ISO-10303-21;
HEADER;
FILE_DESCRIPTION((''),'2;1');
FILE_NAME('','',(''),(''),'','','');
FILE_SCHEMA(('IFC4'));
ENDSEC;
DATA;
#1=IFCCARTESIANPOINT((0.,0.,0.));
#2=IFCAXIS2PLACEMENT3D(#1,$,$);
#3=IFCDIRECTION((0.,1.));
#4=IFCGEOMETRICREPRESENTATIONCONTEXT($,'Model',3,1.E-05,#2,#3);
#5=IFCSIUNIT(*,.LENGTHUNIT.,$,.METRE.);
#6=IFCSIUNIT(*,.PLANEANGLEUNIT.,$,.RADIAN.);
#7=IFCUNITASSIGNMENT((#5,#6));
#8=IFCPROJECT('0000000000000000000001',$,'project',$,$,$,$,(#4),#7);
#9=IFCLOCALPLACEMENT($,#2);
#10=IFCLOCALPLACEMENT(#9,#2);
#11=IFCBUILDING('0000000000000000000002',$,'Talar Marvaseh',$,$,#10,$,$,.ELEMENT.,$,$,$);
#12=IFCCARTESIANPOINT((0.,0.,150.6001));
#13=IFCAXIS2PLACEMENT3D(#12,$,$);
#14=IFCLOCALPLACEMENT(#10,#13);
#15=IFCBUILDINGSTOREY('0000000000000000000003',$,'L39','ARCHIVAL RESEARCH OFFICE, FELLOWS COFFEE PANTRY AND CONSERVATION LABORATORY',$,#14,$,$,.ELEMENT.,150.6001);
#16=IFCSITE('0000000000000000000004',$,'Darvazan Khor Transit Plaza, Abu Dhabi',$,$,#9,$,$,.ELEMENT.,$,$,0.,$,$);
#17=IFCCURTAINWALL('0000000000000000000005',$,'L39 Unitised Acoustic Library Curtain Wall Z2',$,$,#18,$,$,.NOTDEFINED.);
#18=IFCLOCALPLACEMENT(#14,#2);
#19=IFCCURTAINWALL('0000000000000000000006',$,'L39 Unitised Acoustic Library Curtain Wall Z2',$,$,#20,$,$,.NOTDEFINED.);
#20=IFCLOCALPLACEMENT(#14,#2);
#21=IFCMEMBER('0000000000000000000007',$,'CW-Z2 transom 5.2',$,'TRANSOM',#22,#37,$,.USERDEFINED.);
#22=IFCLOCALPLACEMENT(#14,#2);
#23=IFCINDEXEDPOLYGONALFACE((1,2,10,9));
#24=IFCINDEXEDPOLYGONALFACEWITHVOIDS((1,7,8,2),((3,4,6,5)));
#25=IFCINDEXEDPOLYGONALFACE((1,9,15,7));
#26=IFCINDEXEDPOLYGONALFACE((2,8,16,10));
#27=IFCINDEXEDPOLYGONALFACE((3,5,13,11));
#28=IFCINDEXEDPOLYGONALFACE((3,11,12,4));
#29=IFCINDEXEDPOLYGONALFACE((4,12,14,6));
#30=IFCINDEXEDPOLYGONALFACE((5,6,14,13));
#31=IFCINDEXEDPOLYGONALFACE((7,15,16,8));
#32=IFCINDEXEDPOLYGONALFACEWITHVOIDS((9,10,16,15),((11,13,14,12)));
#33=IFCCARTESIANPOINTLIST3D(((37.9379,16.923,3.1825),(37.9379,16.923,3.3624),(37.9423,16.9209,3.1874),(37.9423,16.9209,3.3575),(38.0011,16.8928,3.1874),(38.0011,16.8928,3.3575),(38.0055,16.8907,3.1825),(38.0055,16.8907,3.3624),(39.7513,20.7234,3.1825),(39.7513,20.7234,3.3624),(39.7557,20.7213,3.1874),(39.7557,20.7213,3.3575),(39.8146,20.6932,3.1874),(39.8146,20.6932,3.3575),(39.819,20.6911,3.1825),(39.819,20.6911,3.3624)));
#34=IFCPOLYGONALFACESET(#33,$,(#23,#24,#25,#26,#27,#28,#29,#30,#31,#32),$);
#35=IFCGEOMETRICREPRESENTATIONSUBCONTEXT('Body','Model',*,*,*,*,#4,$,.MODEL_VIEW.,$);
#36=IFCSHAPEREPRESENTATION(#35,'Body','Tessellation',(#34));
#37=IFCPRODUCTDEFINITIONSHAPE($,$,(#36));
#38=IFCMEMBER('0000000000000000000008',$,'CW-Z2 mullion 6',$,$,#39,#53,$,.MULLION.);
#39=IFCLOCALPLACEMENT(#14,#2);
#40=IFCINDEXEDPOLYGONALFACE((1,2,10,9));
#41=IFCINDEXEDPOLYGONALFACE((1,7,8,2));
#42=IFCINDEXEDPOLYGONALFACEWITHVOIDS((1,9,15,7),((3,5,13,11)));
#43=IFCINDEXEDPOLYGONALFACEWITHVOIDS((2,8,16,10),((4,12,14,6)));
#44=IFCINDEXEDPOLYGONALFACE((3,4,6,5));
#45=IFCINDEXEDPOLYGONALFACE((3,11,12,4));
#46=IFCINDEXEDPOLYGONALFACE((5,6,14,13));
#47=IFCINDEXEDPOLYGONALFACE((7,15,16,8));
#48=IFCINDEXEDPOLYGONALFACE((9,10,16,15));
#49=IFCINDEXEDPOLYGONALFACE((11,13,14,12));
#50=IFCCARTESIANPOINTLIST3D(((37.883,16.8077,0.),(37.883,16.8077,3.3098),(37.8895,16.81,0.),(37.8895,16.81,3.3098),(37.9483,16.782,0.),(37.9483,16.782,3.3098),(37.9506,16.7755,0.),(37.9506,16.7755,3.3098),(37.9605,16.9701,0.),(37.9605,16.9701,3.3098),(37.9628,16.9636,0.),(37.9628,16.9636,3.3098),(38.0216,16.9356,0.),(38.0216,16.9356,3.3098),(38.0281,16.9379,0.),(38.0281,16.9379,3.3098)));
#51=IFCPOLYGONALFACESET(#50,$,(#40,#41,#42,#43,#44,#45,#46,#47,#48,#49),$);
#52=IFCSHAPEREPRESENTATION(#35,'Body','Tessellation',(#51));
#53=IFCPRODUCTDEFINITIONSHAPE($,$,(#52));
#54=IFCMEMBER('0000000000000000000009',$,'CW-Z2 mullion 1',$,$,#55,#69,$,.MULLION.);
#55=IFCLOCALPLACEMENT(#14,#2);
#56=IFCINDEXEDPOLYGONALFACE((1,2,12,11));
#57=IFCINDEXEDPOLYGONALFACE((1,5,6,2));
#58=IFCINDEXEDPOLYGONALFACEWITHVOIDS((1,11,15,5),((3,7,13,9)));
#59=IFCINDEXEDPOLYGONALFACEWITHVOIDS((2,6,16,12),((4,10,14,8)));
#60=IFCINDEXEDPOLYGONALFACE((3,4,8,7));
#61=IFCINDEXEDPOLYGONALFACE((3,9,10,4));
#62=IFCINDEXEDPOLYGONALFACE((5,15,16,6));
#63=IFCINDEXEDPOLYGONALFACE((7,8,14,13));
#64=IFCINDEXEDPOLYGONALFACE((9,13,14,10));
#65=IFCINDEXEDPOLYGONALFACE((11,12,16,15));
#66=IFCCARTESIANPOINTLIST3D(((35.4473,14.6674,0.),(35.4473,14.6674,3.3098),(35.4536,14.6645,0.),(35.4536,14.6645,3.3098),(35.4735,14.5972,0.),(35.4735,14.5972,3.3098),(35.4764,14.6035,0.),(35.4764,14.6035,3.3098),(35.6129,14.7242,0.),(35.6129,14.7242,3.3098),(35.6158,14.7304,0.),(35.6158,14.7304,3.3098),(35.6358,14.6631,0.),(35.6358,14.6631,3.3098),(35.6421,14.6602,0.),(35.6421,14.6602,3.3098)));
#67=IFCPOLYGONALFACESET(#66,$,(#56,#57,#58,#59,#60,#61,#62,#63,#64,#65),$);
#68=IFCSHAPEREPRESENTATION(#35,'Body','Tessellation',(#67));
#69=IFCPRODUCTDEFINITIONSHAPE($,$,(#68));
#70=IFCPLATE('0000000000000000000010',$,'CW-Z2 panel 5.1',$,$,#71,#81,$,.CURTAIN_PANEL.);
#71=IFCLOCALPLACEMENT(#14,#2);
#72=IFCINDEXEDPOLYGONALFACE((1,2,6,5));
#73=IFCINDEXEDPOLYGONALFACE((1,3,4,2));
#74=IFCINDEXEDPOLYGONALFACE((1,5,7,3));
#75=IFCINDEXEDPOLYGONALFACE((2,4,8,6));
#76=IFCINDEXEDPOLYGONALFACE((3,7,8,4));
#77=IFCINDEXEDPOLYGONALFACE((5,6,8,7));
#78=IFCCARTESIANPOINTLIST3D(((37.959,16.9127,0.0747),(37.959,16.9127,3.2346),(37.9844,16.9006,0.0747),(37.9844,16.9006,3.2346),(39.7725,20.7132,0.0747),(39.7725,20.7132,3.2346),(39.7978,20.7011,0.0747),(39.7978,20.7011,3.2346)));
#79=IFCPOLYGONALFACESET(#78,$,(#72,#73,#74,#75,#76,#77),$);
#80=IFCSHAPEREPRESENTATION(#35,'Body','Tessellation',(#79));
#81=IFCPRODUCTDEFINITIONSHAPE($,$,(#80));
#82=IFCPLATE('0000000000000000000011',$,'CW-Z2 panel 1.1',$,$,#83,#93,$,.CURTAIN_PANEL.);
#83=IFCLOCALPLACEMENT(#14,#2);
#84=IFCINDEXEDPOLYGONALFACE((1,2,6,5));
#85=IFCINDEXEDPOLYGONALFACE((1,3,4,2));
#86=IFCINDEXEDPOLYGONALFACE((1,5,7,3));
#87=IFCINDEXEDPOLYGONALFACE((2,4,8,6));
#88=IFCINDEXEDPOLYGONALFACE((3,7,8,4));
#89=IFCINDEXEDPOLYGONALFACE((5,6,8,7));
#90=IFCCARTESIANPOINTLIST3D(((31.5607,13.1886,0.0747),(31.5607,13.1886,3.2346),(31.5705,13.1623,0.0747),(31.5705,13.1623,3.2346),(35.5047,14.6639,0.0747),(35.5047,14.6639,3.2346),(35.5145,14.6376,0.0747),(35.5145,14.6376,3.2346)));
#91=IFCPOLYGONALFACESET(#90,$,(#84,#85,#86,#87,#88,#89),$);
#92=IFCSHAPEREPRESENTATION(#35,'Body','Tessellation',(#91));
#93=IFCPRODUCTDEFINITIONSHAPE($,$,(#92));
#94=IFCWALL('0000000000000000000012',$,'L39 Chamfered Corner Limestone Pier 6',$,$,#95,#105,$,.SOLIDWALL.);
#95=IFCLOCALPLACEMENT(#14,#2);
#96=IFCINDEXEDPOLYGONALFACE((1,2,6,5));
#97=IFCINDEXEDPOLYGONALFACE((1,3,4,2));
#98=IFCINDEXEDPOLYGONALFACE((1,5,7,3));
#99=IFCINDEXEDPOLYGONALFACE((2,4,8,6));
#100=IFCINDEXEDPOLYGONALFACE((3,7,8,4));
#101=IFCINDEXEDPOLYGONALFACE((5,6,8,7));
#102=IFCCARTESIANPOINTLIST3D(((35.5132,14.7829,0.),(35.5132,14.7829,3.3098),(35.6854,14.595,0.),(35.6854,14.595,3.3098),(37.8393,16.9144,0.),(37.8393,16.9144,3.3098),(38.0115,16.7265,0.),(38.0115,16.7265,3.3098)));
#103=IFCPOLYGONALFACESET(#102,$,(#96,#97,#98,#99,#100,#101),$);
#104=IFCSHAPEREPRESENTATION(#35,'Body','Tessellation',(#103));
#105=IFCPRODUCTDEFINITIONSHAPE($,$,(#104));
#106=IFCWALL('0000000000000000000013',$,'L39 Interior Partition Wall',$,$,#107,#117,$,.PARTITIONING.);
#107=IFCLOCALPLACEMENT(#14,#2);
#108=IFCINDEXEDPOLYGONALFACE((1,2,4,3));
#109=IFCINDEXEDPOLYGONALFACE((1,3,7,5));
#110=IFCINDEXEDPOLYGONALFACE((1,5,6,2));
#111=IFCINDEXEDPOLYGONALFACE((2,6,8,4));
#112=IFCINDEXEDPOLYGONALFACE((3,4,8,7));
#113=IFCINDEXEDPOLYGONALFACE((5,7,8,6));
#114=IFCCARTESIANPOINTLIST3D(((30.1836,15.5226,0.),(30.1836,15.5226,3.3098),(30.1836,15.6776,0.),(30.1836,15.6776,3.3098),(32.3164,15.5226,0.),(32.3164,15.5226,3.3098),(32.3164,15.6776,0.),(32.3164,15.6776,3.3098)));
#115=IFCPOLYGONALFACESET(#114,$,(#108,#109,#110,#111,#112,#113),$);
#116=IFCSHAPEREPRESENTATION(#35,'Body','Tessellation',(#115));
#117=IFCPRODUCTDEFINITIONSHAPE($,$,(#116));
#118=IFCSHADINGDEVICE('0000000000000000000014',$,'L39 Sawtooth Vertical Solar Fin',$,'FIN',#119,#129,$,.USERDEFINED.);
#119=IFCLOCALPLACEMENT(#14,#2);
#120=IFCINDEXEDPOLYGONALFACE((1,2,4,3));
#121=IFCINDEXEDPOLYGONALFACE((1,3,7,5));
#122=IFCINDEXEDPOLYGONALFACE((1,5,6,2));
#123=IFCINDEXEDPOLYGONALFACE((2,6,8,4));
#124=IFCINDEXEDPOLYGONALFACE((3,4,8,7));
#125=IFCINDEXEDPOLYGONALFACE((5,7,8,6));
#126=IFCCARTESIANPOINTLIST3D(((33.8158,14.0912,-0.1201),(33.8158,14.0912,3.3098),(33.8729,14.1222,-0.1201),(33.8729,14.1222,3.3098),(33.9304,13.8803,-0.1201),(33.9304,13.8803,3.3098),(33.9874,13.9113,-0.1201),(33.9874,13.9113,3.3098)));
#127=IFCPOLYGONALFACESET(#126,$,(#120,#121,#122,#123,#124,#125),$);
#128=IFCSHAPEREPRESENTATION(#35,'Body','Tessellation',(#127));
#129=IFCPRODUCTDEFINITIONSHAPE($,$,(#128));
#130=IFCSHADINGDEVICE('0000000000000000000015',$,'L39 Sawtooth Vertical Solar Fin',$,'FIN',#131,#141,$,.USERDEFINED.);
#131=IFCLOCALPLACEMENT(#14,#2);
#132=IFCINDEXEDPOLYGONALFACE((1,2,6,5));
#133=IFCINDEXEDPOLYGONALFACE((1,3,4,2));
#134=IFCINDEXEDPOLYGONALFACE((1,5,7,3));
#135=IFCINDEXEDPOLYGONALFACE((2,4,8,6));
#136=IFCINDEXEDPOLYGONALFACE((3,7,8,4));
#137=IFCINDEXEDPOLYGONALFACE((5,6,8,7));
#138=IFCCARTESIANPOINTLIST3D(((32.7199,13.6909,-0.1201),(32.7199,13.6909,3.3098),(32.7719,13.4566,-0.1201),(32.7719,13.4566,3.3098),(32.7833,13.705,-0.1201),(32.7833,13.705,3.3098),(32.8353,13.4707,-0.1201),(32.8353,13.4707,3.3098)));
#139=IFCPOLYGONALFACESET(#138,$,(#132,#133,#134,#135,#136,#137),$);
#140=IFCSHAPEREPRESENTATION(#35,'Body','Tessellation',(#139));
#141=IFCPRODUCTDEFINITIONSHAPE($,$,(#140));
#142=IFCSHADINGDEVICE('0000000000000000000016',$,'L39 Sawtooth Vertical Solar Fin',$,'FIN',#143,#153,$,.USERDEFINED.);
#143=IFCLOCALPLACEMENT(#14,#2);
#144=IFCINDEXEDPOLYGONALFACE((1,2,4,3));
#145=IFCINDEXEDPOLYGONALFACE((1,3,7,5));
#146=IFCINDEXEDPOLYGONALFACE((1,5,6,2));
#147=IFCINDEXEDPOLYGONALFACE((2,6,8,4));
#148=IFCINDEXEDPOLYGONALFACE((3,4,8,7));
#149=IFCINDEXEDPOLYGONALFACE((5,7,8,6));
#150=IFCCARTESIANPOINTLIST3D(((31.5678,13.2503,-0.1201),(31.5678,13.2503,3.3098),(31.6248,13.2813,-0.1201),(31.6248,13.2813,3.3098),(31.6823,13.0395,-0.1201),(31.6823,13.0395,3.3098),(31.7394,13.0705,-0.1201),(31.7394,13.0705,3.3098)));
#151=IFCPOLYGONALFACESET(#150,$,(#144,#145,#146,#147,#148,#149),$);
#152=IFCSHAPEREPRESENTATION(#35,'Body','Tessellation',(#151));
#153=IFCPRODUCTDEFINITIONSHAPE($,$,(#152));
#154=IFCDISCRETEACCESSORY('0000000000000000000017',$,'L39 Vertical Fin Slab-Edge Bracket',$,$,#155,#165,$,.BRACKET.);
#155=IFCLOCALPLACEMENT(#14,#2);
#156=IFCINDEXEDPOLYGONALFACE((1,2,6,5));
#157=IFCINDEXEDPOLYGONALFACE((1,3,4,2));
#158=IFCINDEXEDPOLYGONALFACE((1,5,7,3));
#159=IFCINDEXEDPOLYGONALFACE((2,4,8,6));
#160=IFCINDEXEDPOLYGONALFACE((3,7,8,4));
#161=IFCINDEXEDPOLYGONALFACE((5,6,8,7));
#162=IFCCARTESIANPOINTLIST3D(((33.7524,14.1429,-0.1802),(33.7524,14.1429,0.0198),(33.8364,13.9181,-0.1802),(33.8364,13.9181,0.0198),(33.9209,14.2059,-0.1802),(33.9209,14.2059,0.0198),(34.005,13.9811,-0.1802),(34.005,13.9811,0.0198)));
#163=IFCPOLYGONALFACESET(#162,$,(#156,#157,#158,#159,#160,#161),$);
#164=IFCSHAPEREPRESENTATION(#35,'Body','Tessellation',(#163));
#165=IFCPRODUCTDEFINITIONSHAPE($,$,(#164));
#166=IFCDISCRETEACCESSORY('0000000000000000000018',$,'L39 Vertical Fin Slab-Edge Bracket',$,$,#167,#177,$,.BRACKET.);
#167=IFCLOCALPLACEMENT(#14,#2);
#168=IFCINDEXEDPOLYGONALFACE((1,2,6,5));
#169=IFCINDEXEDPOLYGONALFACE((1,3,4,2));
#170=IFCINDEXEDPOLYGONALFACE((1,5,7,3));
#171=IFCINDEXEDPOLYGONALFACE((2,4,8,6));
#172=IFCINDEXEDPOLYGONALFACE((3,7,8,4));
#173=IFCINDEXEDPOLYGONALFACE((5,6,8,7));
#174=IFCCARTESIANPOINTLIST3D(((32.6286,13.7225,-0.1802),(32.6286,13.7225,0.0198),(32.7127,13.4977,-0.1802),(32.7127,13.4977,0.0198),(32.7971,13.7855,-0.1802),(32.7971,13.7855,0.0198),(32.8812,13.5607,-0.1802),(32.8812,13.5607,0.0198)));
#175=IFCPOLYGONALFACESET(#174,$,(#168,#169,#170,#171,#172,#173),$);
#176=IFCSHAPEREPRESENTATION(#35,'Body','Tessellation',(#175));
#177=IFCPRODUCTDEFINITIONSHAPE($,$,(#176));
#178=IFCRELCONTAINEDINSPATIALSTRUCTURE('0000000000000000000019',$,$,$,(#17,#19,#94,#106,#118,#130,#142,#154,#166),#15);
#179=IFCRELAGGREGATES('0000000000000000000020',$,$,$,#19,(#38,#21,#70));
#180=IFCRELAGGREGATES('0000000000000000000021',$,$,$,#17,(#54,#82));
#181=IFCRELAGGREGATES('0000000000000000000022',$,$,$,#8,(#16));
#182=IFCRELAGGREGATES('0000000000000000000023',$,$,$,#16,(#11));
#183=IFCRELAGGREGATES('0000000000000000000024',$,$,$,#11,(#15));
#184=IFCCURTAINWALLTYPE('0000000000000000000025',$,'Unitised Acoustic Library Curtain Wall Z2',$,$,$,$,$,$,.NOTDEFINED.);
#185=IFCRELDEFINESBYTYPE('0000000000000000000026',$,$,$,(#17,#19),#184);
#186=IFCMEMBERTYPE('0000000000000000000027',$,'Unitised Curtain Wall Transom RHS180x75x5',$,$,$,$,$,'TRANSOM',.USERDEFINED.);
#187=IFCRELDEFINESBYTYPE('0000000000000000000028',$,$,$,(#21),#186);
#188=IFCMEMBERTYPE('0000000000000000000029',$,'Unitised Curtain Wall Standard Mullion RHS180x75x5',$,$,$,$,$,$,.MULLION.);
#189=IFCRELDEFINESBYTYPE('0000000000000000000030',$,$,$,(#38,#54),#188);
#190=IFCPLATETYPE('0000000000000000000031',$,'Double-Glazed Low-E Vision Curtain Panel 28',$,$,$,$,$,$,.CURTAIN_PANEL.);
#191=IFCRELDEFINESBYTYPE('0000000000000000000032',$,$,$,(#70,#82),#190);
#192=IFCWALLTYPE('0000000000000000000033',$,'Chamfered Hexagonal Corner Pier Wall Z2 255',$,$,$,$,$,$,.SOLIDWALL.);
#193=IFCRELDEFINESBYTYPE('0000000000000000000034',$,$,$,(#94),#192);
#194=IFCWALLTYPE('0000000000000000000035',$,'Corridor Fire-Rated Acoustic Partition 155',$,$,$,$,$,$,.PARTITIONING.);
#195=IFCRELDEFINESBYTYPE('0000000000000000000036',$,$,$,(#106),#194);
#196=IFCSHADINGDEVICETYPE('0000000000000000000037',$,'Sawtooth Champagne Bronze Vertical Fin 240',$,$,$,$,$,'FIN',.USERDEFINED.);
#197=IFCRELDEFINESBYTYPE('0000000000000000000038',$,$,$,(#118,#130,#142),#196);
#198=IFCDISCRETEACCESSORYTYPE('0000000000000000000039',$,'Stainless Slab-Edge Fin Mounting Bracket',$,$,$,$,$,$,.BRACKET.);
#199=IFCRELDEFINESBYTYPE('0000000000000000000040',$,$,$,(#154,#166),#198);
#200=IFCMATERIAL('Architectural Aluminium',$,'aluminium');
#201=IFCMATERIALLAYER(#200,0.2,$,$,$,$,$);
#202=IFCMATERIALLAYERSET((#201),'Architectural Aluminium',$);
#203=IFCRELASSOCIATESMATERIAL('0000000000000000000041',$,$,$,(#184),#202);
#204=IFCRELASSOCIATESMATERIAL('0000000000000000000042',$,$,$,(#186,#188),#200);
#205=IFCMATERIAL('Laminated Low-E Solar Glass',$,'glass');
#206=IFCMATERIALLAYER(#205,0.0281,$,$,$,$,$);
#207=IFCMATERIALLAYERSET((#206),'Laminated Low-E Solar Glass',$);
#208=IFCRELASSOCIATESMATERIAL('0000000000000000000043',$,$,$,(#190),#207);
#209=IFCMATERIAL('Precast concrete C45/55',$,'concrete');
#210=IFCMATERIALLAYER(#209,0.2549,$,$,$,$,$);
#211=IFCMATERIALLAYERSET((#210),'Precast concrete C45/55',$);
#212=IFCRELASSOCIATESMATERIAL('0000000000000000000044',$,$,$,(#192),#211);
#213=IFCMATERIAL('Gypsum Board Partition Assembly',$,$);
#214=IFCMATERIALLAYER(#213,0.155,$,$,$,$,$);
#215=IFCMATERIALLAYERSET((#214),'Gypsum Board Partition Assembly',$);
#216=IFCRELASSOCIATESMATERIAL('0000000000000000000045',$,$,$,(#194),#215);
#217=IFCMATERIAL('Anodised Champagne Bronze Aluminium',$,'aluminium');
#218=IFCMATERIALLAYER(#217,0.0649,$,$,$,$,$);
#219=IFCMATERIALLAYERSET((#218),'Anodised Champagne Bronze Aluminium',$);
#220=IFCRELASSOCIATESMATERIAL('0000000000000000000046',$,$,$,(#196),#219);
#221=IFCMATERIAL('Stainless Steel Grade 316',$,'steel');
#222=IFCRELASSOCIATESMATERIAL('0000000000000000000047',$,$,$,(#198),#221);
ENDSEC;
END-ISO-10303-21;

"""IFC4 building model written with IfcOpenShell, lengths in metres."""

from ifc_helpers import new_model, si_unit, direction, frame, frame_2d, origin, origin_2d, place, context, subcontext, project, spatial, rectangle, hollow_rectangle, extrude, source, transform, mapped, material, layer, layer_set, material_profile, profile_set, type_object, type_shapes, element, aggregate, save


model = new_model("IFC4")

# Units and contexts
model_context = context("Model", 3, precision=1e-05, world=origin(), true_north=direction((0.0, 1.0)))
body_context = subcontext(model_context, "Body", "Model", "MODEL_VIEW")
ifc_project = project(units=[si_unit("LENGTHUNIT", "METRE"), si_unit("PLANEANGLEUNIT", "RADIAN")], contexts=[model_context])

# Site, building, storey
site_placement = place(None, origin())
site = spatial("IfcSite", under=ifc_project, at=site_placement, Name="Darvazan Khor Transit Plaza, Abu Dhabi", CompositionType="ELEMENT", RefElevation=0.0)
building_placement = place(site_placement, origin())
building = spatial("IfcBuilding", under=site, at=building_placement, Name="Talar Marvaseh", CompositionType="ELEMENT")
storey_placement = place(building_placement, frame((0.0, 0.0, 150.6001)))
storey = spatial("IfcBuildingStorey", under=building, at=storey_placement, Name="L39", Description="ARCHIVAL RESEARCH OFFICE, FELLOWS COFFEE PANTRY AND CONSERVATION LABORATORY", CompositionType="ELEMENT", Elevation=150.6001)

# Curtain walls, members
ifc_material_1 = material(Name="Architectural Aluminium", Category="aluminium")
ifc_layer_1 = layer(ifc_material_1, 0.2)
ifc_layer_set_1 = layer_set([ifc_layer_1], Name="Architectural Aluminium")
curtain_wall_type = type_object("IfcCurtainWallType", Name="Unitised Acoustic Library Curtain Wall Z2", PredefinedType="NOTDEFINED", material=ifc_layer_set_1)
curtain_wall_1_placement = place(storey_placement, origin())
curtain_wall_1 = element("IfcCurtainWall", 1, at=curtain_wall_1_placement, inside=storey, type_object=curtain_wall_type, Name="L39 Unitised Acoustic Library Curtain Wall Z2", PredefinedType="NOTDEFINED")
ifc_material_profile_1 = material_profile(ifc_material_1, hollow_rectangle(XDim=0.075, YDim=0.1799, WallThickness=0.0049, at=origin_2d()), Name="RHS180x75x5")
ifc_profile_set_1 = profile_set([ifc_material_profile_1], Name="Architectural Aluminium")
member_type_1 = type_object("IfcMemberType", Name="Unitised Curtain Wall Transom RHS180x75x5", ElementType="TRANSOM", PredefinedType="USERDEFINED", material=ifc_profile_set_1)
curtain_wall_2_placement = place(storey_placement, origin())
curtain_wall_2 = element("IfcCurtainWall", 2, at=curtain_wall_2_placement, inside=storey, type_object=curtain_wall_type, Name="L39 Unitised Acoustic Library Curtain Wall Z2", PredefinedType="NOTDEFINED")
shared_shape_1 = source(origin(), body_context, "Body", "SweptSolid", [
    extrude(hollow_rectangle(XDim=0.075, YDim=0.1799, WallThickness=0.0049, at=origin_2d()), origin(), (0.0, 0.0, 1.0), 4.2109),
])
member_1_placement = place(storey_placement, frame((39.7852, 20.7073, 3.2725), z_axis=(-0.430649, -0.902519, 0.0), x_axis=(0.902519, -0.430649, 0.0)))
member_1 = element("IfcMember", 3, at=member_1_placement, type_object=member_type_1, Name="CW-Z2 transom 5.2", ObjectType="TRANSOM", PredefinedType="USERDEFINED", context=body_context, shape_type="MappedRepresentation", body=[
    mapped(shared_shape_1, transform((0.0, 0.0, 0.0), x_axis=(1.0, 0.0, 0.0), y_axis=(0.0, 1.0, 0.0), z_axis=(0.0, 0.0, 1.0), scale=1.0)),
])
ifc_material_profile_2 = material_profile(ifc_material_1, hollow_rectangle(XDim=0.075, YDim=0.1799, WallThickness=0.0049, at=origin_2d()), Name="RHS180x75x5")
ifc_profile_set_2 = profile_set([ifc_material_profile_2], Name="Architectural Aluminium")
member_type_2 = type_object("IfcMemberType", Name="Unitised Curtain Wall Standard Mullion RHS180x75x5", PredefinedType="MULLION", material=ifc_profile_set_2)
shared_shape_2 = source(origin(), body_context, "Body", "SweptSolid", [
    extrude(hollow_rectangle(XDim=0.075, YDim=0.1799, WallThickness=0.0049, at=origin_2d()), origin(), (0.0, 0.0, 1.0), 3.3098),
])
type_shapes(member_type_2, [shared_shape_2])
member_2_placement = place(storey_placement, frame((37.9556, 16.8728, 0.0), z_axis=(0.0, 0.0, 1.0), x_axis=(0.902518, -0.430653, 0.0)))
member_2 = element("IfcMember", 4, at=member_2_placement, type_object=member_type_2, Name="CW-Z2 mullion 6", PredefinedType="MULLION", context=body_context, shape_type="MappedRepresentation", body=[
    mapped(shared_shape_2, transform((0.0, 0.0, 0.0), x_axis=(1.0, 0.0, 0.0), y_axis=(0.0, 1.0, 0.0), z_axis=(0.0, 0.0, 1.0), scale=1.0)),
])

# Member
member_3_placement = place(storey_placement, frame((35.5447, 14.6638, 0.0), z_axis=(0.0, 0.0, 1.0), x_axis=(0.350352, -0.936618, 0.0)))
member_3 = element("IfcMember", 5, at=member_3_placement, type_object=member_type_2, Name="CW-Z2 mullion 1", PredefinedType="MULLION", context=body_context, shape_type="MappedRepresentation", body=[
    mapped(shared_shape_2, transform((0.0, 0.0, 0.0), x_axis=(1.0, 0.0, 0.0), y_axis=(0.0, 1.0, 0.0), z_axis=(0.0, 0.0, 1.0), scale=1.0)),
])

# Plates
ifc_material_2 = material(Name="Laminated Low-E Solar Glass", Category="glass")
ifc_layer_2 = layer(ifc_material_2, 0.0281)
ifc_layer_set_2 = layer_set([ifc_layer_2], Name="Laminated Low-E Solar Glass")
plate_type = type_object("IfcPlateType", Name="Double-Glazed Low-E Vision Curtain Panel 28", PredefinedType="CURTAIN_PANEL", material=ifc_layer_set_2)
shared_shape_3 = source(origin(), body_context, "Body", "SweptSolid", [
    extrude(rectangle(XDim=4.2109, YDim=0.0281, at=origin_2d()), origin(), (0.0, 0.0, 1.0), 3.1599),
])
type_shapes(plate_type, [shared_shape_3])
plate_1_placement = place(storey_placement, frame((38.8784, 18.8069, 0.0747), z_axis=(0.0, 0.0, 1.0), x_axis=(-0.430653, -0.902518, 0.0)))
plate_1 = element("IfcPlate", 6, at=plate_1_placement, type_object=plate_type, Name="CW-Z2 panel 5.1", PredefinedType="CURTAIN_PANEL", context=body_context, shape_type="MappedRepresentation", body=[
    mapped(shared_shape_3, transform((0.0, 0.0, 0.0), x_axis=(1.0, 0.0, 0.0), y_axis=(0.0, 1.0, 0.0), z_axis=(0.0, 0.0, 1.0), scale=1.0)),
])
aggregate(curtain_wall_2, [member_2, member_1, plate_1])
plate_2_placement = place(storey_placement, frame((33.5376, 13.9131, 0.0747), z_axis=(0.0, 0.0, 1.0), x_axis=(-0.936618, -0.350352, 0.0)))
plate_2 = element("IfcPlate", 7, at=plate_2_placement, type_object=plate_type, Name="CW-Z2 panel 1.1", PredefinedType="CURTAIN_PANEL", context=body_context, shape_type="MappedRepresentation", body=[
    mapped(shared_shape_3, transform((0.0, 0.0, 0.0), x_axis=(1.0, 0.0, 0.0), y_axis=(0.0, 1.0, 0.0), z_axis=(0.0, 0.0, 1.0), scale=1.0)),
])
aggregate(curtain_wall_1, [member_3, plate_2])

# Walls
ifc_material_3 = material(Name="Precast concrete C45/55", Category="concrete")
ifc_layer_3 = layer(ifc_material_3, 0.2549)
ifc_layer_set_3 = layer_set([ifc_layer_3], Name="Precast concrete C45/55")
wall_type_1 = type_object("IfcWallType", Name="Chamfered Hexagonal Corner Pier Wall Z2 255", PredefinedType="SOLIDWALL", material=ifc_layer_set_3)
wall_1_placement = place(storey_placement, frame((37.9255, 16.8206, 0.0), z_axis=(0.0, 0.0, 1.0), x_axis=(-0.73727, -0.675598, 0.0)))
element("IfcWall", 8, at=wall_1_placement, inside=storey, type_object=wall_type_1, Name="L39 Chamfered Corner Limestone Pier 6", PredefinedType="SOLIDWALL", context=body_context, shape_type="SweptSolid", body=[
    extrude(rectangle(XDim=3.155, YDim=0.2549, at=frame_2d((1.5776, 0.0))), origin(), (0.0, 0.0, 1.0), 3.3098),
])
ifc_material_4 = material(Name="Gypsum Board Partition Assembly")
ifc_layer_4 = layer(ifc_material_4, 0.155)
ifc_layer_set_4 = layer_set([ifc_layer_4], Name="Gypsum Board Partition Assembly")
wall_type_2 = type_object("IfcWallType", Name="Corridor Fire-Rated Acoustic Partition 155", PredefinedType="PARTITIONING", material=ifc_layer_set_4)
wall_2_placement = place(storey_placement, frame((32.3164, 15.6001, 0.0), z_axis=(0.0, 0.0, 1.0), x_axis=(-1.0, 0.0, 0.0)))
element("IfcWall", 9, at=wall_2_placement, inside=storey, type_object=wall_type_2, Name="L39 Interior Partition Wall", PredefinedType="PARTITIONING", context=body_context, shape_type="SweptSolid", body=[
    extrude(rectangle(XDim=2.1328, YDim=0.155, at=frame_2d((1.0664, 0.0))), origin(), (0.0, 0.0, 1.0), 3.3098),
])

# Shading devices
ifc_material_5 = material(Name="Anodised Champagne Bronze Aluminium", Category="aluminium")
ifc_layer_5 = layer(ifc_material_5, 0.0649)
ifc_layer_set_5 = layer_set([ifc_layer_5], Name="Anodised Champagne Bronze Aluminium")
shading_device_type = type_object("IfcShadingDeviceType", Name="Sawtooth Champagne Bronze Vertical Fin 240", ElementType="FIN", PredefinedType="USERDEFINED", material=ifc_layer_set_5)
shared_shape_4 = source(origin(), body_context, "Body", "SweptSolid", [
    extrude(rectangle(XDim=0.24, YDim=0.0649, at=origin_2d()), origin(), (0.0, 0.0, 1.0), 3.4299),
])
type_shapes(shading_device_type, [shared_shape_4])
for number, where, z_axis, x_axis, name in (
    (10, (33.9016, 14.0012, -0.1201), (0.0, 0.0, 1.0), (0.477312, -0.878734, 0.0), "L39 Sawtooth Vertical Solar Fin"),
    (11, (32.7776, 13.5808, -0.1201), (0.0, 0.0, 1.0), (0.21661, -0.976258, 0.0), "L39 Sawtooth Vertical Solar Fin"),
    (12, (31.6536, 13.1604, -0.1201), (0.0, 0.0, 1.0), (0.477312, -0.878734, 0.0), "L39 Sawtooth Vertical Solar Fin"),
):
    element("IfcShadingDevice", number, at=place(storey_placement, frame(where, z_axis=z_axis, x_axis=x_axis)), inside=storey, type_object=shading_device_type, Name=name, ObjectType="FIN", PredefinedType="USERDEFINED", context=body_context, shape_type="MappedRepresentation", body=[
        mapped(shared_shape_4, transform((0.0, 0.0, 0.0), x_axis=(1.0, 0.0, 0.0), y_axis=(0.0, 1.0, 0.0), z_axis=(0.0, 0.0, 1.0), scale=1.0)),
    ])

# Discrete accessories
ifc_material_6 = material(Name="Stainless Steel Grade 316", Category="steel")
discrete_accessory_type = type_object("IfcDiscreteAccessoryType", Name="Stainless Slab-Edge Fin Mounting Bracket", PredefinedType="BRACKET", material=ifc_material_6)
shared_shape_5 = source(origin(), body_context, "Body", "SweptSolid", [
    extrude(rectangle(XDim=0.24, YDim=0.1799, at=origin_2d()), origin(), (0.0, 0.0, 1.0), 0.2),
])
type_shapes(discrete_accessory_type, [shared_shape_5])
for number, where, z_axis, x_axis, name in (
    (13, (33.8787, 14.062, -0.1802), (0.0, 0.0, 1.0), (0.350371, -0.936611, 0.0), "L39 Vertical Fin Slab-Edge Bracket"),
    (14, (32.7549, 13.6416, -0.1802), (0.0, 0.0, 1.0), (0.350371, -0.936611, 0.0), "L39 Vertical Fin Slab-Edge Bracket"),
):
    element("IfcDiscreteAccessory", number, at=place(storey_placement, frame(where, z_axis=z_axis, x_axis=x_axis)), inside=storey, type_object=discrete_accessory_type, Name=name, PredefinedType="BRACKET", context=body_context, shape_type="MappedRepresentation", body=[
        mapped(shared_shape_5, transform((0.0, 0.0, 0.0), x_axis=(1.0, 0.0, 0.0), y_axis=(0.0, 1.0, 0.0), z_axis=(0.0, 0.0, 1.0), scale=1.0)),
    ])

save(model, "model.ifc")
